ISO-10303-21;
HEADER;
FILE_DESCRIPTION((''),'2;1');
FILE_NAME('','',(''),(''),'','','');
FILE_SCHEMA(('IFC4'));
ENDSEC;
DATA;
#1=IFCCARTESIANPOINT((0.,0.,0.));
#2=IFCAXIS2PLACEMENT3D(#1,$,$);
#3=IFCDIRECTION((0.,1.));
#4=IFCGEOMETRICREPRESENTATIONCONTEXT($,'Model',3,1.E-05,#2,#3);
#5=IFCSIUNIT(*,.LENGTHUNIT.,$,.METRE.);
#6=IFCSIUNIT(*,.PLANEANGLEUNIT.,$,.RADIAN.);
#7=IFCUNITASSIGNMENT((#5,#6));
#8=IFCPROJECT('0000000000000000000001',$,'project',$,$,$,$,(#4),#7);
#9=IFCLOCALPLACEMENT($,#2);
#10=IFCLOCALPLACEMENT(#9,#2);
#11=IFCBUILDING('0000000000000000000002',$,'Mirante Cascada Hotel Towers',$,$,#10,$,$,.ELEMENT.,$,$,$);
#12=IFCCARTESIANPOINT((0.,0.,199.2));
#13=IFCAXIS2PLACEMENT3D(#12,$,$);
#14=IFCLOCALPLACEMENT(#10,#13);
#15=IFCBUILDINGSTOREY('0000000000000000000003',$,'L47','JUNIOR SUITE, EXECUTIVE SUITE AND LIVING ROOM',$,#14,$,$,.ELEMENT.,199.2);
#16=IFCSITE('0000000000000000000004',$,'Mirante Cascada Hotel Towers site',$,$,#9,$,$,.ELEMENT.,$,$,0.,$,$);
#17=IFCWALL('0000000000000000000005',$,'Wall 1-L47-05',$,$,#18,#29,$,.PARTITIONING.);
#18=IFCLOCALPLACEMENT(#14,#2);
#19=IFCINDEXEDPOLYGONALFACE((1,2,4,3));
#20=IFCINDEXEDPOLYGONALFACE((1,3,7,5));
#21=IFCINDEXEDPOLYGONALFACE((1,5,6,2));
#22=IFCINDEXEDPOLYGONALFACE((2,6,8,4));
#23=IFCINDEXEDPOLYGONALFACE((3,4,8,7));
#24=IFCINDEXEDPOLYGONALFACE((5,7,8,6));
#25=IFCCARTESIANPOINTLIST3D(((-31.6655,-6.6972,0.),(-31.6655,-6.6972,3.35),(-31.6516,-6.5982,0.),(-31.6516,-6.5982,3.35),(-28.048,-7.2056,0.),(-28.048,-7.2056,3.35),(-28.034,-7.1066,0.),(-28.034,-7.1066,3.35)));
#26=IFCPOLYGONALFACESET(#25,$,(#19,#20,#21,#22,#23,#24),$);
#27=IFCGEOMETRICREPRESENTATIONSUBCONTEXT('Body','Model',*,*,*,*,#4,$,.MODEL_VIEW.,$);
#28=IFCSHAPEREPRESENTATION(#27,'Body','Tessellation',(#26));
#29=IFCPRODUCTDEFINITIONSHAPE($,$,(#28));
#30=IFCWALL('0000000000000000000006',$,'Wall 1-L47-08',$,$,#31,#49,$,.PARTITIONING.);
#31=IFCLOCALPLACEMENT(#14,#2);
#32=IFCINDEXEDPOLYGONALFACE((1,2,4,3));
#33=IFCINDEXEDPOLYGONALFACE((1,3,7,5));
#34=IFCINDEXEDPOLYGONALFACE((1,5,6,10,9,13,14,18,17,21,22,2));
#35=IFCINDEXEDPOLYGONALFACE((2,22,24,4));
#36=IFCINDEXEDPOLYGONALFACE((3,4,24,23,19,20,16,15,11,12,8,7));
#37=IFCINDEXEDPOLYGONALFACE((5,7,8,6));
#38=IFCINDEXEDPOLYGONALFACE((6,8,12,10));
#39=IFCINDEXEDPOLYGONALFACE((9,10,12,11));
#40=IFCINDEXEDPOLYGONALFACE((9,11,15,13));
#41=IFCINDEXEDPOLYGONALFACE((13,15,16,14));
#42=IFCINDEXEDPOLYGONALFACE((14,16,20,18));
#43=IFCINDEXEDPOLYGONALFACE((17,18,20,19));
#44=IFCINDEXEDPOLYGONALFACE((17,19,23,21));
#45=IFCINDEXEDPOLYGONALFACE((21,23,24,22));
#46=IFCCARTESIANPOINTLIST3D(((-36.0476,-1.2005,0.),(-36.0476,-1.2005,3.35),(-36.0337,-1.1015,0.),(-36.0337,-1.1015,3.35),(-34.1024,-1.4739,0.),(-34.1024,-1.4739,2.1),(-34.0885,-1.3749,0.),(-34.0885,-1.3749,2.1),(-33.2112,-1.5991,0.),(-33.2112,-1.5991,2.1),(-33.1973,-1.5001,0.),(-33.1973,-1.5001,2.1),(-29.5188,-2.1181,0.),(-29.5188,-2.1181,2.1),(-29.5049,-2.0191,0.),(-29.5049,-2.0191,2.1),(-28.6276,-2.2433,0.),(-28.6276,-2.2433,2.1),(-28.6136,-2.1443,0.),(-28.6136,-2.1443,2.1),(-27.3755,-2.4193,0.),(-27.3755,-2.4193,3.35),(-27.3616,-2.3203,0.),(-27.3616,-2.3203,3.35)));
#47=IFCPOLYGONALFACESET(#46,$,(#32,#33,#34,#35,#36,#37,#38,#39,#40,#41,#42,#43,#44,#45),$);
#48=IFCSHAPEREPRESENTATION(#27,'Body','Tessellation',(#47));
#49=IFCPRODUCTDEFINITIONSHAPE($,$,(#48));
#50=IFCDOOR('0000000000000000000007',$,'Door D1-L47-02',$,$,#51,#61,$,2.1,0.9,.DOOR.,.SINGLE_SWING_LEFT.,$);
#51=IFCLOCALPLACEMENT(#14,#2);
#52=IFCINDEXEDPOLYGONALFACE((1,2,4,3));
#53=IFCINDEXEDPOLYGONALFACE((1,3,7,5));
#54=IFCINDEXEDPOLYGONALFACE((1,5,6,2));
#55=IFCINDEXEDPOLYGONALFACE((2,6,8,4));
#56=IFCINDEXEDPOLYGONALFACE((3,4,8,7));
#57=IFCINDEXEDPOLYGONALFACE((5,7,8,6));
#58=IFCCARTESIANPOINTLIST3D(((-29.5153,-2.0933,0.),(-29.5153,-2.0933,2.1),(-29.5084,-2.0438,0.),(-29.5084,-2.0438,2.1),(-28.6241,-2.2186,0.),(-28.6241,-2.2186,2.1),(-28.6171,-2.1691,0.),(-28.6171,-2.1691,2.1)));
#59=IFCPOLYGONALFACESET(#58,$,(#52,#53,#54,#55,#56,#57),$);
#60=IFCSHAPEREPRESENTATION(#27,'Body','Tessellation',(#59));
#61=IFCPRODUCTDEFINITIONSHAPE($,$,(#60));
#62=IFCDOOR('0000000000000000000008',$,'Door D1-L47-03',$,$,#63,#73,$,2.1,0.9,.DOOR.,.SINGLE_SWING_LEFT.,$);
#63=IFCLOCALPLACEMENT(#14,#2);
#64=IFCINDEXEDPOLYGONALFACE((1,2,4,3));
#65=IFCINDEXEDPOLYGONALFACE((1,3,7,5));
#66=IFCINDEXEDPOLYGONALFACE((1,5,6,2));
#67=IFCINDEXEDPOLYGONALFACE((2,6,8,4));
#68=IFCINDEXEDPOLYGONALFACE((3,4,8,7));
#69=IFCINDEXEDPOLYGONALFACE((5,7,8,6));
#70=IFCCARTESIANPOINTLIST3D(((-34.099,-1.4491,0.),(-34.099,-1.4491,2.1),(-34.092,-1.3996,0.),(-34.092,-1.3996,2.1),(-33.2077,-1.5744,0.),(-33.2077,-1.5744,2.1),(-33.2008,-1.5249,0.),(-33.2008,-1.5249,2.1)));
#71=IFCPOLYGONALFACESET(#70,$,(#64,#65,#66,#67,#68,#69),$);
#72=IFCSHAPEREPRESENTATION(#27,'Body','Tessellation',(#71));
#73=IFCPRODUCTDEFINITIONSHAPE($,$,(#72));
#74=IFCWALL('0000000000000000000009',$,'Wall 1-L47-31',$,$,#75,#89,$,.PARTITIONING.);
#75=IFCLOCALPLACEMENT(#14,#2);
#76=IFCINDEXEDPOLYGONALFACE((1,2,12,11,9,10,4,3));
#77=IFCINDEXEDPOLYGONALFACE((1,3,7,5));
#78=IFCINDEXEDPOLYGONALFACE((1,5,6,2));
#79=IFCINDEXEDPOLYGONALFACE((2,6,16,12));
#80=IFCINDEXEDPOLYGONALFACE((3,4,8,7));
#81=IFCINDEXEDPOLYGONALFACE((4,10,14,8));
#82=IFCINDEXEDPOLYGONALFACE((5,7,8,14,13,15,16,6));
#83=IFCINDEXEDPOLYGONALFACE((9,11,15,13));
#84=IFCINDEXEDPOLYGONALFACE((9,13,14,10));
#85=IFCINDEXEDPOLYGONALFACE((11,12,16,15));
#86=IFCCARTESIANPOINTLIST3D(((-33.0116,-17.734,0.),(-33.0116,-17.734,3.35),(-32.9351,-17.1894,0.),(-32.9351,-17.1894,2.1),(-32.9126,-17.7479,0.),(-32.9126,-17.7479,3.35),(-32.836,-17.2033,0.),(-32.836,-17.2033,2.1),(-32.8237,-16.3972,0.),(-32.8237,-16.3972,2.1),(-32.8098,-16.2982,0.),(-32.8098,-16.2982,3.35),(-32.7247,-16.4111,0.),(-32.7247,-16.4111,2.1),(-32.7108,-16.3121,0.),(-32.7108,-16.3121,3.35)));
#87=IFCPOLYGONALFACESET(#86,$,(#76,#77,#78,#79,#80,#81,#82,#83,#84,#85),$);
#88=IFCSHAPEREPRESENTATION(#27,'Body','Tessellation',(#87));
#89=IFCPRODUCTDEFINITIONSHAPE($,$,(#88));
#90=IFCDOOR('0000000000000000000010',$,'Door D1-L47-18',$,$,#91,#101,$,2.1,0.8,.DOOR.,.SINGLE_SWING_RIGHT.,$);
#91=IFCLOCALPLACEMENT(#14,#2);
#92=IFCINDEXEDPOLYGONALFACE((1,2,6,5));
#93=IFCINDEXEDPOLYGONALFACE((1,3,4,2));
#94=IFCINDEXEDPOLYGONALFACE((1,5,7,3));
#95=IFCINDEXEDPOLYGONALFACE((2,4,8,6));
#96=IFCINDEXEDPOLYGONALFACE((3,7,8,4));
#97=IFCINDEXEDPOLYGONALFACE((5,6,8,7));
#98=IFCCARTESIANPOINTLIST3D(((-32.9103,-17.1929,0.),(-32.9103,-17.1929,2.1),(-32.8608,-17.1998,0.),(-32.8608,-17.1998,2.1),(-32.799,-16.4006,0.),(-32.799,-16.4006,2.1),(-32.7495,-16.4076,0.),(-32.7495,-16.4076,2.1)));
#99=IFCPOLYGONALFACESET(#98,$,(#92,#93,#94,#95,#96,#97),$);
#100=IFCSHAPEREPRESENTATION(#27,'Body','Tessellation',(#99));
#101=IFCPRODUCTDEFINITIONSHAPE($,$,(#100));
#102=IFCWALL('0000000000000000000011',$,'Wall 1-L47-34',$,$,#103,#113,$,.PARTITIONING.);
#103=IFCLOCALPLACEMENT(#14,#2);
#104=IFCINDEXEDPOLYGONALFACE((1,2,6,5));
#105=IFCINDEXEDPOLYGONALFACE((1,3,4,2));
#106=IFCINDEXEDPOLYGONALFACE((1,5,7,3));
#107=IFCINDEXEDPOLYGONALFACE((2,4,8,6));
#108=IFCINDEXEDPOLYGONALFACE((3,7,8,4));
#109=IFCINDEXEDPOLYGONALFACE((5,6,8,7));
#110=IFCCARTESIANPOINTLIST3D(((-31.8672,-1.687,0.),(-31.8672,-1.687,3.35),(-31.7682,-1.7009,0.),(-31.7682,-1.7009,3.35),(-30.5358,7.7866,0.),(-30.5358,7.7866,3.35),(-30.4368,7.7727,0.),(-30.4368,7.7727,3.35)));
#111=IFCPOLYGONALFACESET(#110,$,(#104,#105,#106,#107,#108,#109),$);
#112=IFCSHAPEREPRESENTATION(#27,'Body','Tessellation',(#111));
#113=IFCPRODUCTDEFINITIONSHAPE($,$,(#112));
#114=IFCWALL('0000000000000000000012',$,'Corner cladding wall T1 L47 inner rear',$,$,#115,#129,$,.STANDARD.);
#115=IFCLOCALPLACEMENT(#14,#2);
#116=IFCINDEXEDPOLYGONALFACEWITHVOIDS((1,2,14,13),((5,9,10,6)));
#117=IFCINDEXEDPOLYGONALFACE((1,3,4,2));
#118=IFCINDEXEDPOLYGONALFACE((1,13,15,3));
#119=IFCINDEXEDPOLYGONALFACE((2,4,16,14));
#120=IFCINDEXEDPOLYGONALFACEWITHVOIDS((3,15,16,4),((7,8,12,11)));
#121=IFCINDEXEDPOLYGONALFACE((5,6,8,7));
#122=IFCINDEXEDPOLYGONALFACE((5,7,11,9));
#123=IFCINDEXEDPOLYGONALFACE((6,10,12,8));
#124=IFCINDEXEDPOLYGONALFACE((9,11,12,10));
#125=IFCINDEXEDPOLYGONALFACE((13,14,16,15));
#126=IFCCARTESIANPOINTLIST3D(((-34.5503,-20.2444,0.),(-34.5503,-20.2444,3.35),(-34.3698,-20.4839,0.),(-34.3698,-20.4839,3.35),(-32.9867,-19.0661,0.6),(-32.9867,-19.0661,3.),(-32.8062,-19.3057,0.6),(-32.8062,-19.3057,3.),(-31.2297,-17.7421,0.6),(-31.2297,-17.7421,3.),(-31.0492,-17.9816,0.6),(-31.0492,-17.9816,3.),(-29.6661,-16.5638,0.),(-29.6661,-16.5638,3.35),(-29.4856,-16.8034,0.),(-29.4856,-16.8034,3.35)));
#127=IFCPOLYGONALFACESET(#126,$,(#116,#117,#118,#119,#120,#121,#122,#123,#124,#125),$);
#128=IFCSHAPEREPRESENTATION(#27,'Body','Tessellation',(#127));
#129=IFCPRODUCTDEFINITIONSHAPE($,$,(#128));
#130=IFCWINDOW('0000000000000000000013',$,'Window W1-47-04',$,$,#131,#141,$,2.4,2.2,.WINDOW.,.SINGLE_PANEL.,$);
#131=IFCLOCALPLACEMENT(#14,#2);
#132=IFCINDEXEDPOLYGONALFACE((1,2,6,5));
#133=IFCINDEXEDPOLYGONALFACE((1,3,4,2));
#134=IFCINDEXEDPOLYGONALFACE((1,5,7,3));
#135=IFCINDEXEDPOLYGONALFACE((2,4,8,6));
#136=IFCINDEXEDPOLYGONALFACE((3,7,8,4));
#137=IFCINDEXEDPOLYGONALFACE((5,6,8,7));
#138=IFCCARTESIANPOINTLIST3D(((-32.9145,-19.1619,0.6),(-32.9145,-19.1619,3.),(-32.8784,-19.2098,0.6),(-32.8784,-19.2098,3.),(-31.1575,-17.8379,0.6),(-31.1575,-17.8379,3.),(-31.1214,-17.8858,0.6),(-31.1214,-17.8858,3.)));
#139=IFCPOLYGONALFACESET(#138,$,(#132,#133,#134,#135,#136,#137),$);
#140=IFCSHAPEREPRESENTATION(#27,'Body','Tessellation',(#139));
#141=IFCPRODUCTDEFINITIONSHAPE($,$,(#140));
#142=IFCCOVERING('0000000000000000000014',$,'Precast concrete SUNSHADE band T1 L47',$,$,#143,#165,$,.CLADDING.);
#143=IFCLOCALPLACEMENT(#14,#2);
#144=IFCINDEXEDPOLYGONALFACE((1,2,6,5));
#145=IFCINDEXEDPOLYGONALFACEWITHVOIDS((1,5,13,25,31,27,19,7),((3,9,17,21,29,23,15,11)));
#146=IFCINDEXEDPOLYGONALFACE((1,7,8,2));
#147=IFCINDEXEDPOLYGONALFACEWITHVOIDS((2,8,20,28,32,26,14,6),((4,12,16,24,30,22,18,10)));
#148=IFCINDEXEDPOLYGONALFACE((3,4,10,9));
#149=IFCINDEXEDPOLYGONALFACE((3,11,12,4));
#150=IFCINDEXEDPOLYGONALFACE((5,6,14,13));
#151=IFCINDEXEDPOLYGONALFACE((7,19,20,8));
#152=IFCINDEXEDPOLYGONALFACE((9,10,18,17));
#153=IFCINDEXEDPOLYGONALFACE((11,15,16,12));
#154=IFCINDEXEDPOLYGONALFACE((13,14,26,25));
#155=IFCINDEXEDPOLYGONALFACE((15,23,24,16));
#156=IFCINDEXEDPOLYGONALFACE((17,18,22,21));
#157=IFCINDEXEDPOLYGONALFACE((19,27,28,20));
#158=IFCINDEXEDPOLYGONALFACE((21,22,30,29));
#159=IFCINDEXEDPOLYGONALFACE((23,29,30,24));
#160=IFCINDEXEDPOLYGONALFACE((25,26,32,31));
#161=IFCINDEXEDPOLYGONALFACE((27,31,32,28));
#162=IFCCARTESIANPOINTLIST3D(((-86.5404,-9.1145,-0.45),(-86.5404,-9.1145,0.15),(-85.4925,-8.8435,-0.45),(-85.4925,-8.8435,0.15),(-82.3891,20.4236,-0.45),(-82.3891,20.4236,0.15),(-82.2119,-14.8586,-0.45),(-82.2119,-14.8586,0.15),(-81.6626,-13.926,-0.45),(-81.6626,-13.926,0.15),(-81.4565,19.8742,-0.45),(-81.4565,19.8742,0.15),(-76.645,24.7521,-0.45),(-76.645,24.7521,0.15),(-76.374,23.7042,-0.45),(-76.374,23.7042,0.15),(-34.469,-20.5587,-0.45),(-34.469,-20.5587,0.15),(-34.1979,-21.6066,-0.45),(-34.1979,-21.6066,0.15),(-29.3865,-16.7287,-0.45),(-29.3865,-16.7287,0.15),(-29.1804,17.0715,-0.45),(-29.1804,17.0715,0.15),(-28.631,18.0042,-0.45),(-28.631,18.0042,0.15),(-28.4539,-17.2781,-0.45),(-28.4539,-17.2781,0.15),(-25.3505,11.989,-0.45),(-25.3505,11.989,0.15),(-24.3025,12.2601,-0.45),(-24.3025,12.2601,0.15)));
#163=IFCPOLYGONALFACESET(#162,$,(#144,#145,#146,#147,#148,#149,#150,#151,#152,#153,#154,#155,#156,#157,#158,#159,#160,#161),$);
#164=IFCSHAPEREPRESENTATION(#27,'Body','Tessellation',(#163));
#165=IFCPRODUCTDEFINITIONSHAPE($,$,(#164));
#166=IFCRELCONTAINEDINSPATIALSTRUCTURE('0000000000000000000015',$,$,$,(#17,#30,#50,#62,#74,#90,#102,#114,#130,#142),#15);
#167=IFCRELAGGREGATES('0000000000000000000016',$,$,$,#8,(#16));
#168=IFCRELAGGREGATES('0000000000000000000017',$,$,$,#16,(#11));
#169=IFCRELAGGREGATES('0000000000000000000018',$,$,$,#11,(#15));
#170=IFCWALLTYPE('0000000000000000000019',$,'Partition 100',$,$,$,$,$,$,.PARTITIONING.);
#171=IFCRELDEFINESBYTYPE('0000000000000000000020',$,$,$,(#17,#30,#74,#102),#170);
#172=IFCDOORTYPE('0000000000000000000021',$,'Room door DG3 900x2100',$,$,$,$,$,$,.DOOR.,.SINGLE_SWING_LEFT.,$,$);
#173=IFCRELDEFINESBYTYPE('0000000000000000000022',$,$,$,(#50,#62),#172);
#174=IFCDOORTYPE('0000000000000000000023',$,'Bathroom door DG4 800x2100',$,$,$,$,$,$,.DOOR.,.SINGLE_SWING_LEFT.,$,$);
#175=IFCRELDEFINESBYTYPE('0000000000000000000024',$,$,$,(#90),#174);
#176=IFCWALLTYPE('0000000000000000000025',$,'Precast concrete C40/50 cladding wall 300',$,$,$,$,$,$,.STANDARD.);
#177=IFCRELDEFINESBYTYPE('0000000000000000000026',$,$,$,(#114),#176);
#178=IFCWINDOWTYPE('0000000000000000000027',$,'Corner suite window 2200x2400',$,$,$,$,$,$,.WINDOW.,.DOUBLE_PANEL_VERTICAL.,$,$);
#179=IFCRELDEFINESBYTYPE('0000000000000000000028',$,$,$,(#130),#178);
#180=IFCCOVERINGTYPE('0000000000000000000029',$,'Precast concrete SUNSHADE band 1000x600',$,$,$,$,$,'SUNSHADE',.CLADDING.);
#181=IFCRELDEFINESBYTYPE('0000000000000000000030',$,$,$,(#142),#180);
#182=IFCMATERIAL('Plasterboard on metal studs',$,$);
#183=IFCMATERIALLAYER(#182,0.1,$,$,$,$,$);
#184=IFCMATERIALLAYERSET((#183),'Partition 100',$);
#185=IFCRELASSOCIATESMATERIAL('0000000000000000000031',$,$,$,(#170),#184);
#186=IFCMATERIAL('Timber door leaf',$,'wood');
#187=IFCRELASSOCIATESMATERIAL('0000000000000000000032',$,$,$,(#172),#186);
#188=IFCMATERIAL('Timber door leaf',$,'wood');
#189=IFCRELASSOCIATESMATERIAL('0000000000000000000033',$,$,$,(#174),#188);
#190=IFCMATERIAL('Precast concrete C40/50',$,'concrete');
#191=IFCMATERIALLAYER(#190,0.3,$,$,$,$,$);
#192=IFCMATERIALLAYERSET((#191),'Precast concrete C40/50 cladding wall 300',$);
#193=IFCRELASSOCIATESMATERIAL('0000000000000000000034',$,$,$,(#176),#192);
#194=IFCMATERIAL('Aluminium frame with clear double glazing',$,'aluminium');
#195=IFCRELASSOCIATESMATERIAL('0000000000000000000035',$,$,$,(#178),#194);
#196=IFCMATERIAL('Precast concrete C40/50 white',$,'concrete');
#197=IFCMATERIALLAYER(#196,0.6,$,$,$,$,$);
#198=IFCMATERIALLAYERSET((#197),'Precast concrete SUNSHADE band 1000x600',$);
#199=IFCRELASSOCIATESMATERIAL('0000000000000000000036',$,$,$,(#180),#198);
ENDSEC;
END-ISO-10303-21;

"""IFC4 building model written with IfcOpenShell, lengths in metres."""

from ifc_helpers import new_model, si_unit, direction, frame, frame_2d, origin, place, context, subcontext, project, spatial, polyline, rectangle, outline, extrude, material, layer, layer_set, type_object, element, fill, save


model = new_model("IFC4")

# Units and contexts
model_context = context("Model", 3, precision=1e-05, world=origin(), true_north=direction((0.0, 1.0)))
body_context = subcontext(model_context, "Body", "Model", "MODEL_VIEW")
ifc_project = project(units=[si_unit("LENGTHUNIT", "METRE"), si_unit("PLANEANGLEUNIT", "RADIAN")], contexts=[model_context])

# Site, building, storey
site_placement = place(None, origin())
site = spatial("IfcSite", under=ifc_project, at=site_placement, Name="Mirante Cascada Hotel Towers site", CompositionType="ELEMENT", RefElevation=0.0)
building_placement = place(site_placement, origin())
building = spatial("IfcBuilding", under=site, at=building_placement, Name="Mirante Cascada Hotel Towers", CompositionType="ELEMENT")
storey_placement = place(building_placement, frame((0.0, 0.0, 199.2)))
storey = spatial("IfcBuildingStorey", under=building, at=storey_placement, Name="L47", Description="JUNIOR SUITE, EXECUTIVE SUITE AND LIVING ROOM", CompositionType="ELEMENT", Elevation=199.2)

# Wall
ifc_material_1 = material(Name="Plasterboard on metal studs")
ifc_layer_1 = layer(ifc_material_1, 0.1)
ifc_layer_set_1 = layer_set([ifc_layer_1], Name="Partition 100")
wall_type_1 = type_object("IfcWallType", Name="Partition 100", PredefinedType="PARTITIONING", material=ifc_layer_set_1)
wall_1_placement = place(storey_placement, frame((-31.6586, -6.6477, 0.0), z_axis=(0.0, 0.0, 1.0), x_axis=(0.990268, -0.139171, 0.0)))
element("IfcWall", 1, at=wall_1_placement, inside=storey, type_object=wall_type_1, Name="Wall 1-L47-05", PredefinedType="PARTITIONING", context=body_context, shape_type="SweptSolid", body=[
    extrude(rectangle(XDim=3.6531, YDim=0.1, at=frame_2d((1.8266, 0.0))), origin(), (0.0, 0.0, 1.0), 3.35),
])

# Wall, openings, doors
wall_2_placement = place(storey_placement, frame((-27.3685, -2.3698, 0.0), z_axis=(0.0, 0.0, 1.0), x_axis=(-0.990268, 0.139175, 0.0)))
wall_2 = element("IfcWall", 2, at=wall_2_placement, inside=storey, type_object=wall_type_1, Name="Wall 1-L47-08", PredefinedType="PARTITIONING", context=body_context, shape_type="SweptSolid", body=[
    extrude(rectangle(XDim=8.7573, YDim=0.1, at=frame_2d((4.3787, 0.0))), origin(), (0.0, 0.0, 1.0), 3.35),
])
opening_1_placement = place(wall_2_placement, frame((1.2644, 0.0, 0.0)))
opening_1 = element("IfcOpeningElement", 3, at=opening_1_placement, cuts=wall_2, PredefinedType="OPENING", context=body_context, shape_type="SweptSolid", body=[
    extrude(rectangle(XDim=0.9, YDim=2.1, at=frame_2d((0.45, 1.05))), frame((0.0, 0.05, 0.0), z_axis=(0.0, -1.0, 0.0), x_axis=(1.0, 0.0, 0.0)), (0.0, 0.0, 1.0), 0.1),
])
opening_2_placement = place(wall_2_placement, frame((5.8931, 0.0, 0.0)))
opening_2 = element("IfcOpeningElement", 4, at=opening_2_placement, cuts=wall_2, PredefinedType="OPENING", context=body_context, shape_type="SweptSolid", body=[
    extrude(rectangle(XDim=0.9, YDim=2.1, at=frame_2d((0.45, 1.05))), frame((0.0, 0.05, 0.0), z_axis=(0.0, -1.0, 0.0), x_axis=(1.0, 0.0, 0.0)), (0.0, 0.0, 1.0), 0.1),
])
ifc_material_2 = material(Name="Timber door leaf", Category="wood")
door_type_1 = type_object("IfcDoorType", Name="Room door DG3 900x2100", OperationType="SINGLE_SWING_LEFT", PredefinedType="DOOR", material=ifc_material_2)
door_1_placement = place(opening_1_placement, origin())
door_1 = element("IfcDoor", 5, at=door_1_placement, inside=storey, type_object=door_type_1, Name="Door D1-L47-02", OperationType="SINGLE_SWING_LEFT", OverallHeight=2.1, OverallWidth=0.9, PredefinedType="DOOR", context=body_context, shape_type="SweptSolid", body=[
    extrude(rectangle(XDim=0.9, YDim=2.1, at=frame_2d((0.45, 1.05))), frame((0.0, 0.025, 0.0), z_axis=(0.0, -1.0, 0.0), x_axis=(1.0, 0.0, 0.0)), (0.0, 0.0, 1.0), 0.05),
])
fill(opening_1, door_1)
door_2_placement = place(opening_2_placement, origin())
door_2 = element("IfcDoor", 6, at=door_2_placement, inside=storey, type_object=door_type_1, Name="Door D1-L47-03", OperationType="SINGLE_SWING_LEFT", OverallHeight=2.1, OverallWidth=0.9, PredefinedType="DOOR", context=body_context, shape_type="SweptSolid", body=[
    extrude(rectangle(XDim=0.9, YDim=2.1, at=frame_2d((0.45, 1.05))), frame((0.0, 0.025, 0.0), z_axis=(0.0, -1.0, 0.0), x_axis=(1.0, 0.0, 0.0)), (0.0, 0.0, 1.0), 0.05),
])
fill(opening_2, door_2)

# Wall, opening, door
wall_3_placement = place(storey_placement, frame((-32.7603, -16.3051, 0.0), z_axis=(0.0, 0.0, 1.0), x_axis=(-0.139181, -0.990267, 0.0)))
wall_3 = element("IfcWall", 7, at=wall_3_placement, inside=storey, type_object=wall_type_1, Name="Wall 1-L47-31", PredefinedType="PARTITIONING", context=body_context, shape_type="SweptSolid", body=[
    extrude(rectangle(XDim=1.4499, YDim=0.1, at=frame_2d((0.725, 0.0))), origin(), (0.0, 0.0, 1.0), 3.35),
])
opening_3_placement = place(wall_3_placement, frame((0.1, 0.0, 0.0)))
opening_3 = element("IfcOpeningElement", 8, at=opening_3_placement, cuts=wall_3, PredefinedType="OPENING", context=body_context, shape_type="SweptSolid", body=[
    extrude(rectangle(XDim=0.8, YDim=2.1, at=frame_2d((0.4, 1.05))), frame((0.0, 0.05, 0.0), z_axis=(0.0, -1.0, 0.0), x_axis=(1.0, 0.0, 0.0)), (0.0, 0.0, 1.0), 0.1),
])
ifc_material_3 = material(Name="Timber door leaf", Category="wood")
door_type_2 = type_object("IfcDoorType", Name="Bathroom door DG4 800x2100", OperationType="SINGLE_SWING_LEFT", PredefinedType="DOOR", material=ifc_material_3)
door_3_placement = place(opening_3_placement, frame((0.8, 0.0, 0.0), z_axis=(0.0, 0.0, 1.0), x_axis=(-1.0, 0.0, 0.0)))
door_3 = element("IfcDoor", 9, at=door_3_placement, inside=storey, type_object=door_type_2, Name="Door D1-L47-18", OperationType="SINGLE_SWING_RIGHT", OverallHeight=2.1, OverallWidth=0.8, PredefinedType="DOOR", context=body_context, shape_type="SweptSolid", body=[
    extrude(rectangle(XDim=0.8, YDim=2.1, at=frame_2d((0.4, 1.05))), frame((0.0, 0.025, 0.0), z_axis=(0.0, -1.0, 0.0), x_axis=(1.0, 0.0, 0.0)), (0.0, 0.0, 1.0), 0.05),
])
fill(opening_3, door_3)

# Wall
wall_4_placement = place(storey_placement, frame((-31.8177, -1.694, 0.0), z_axis=(0.0, 0.0, 1.0), x_axis=(0.13917, 0.990268, 0.0)))
element("IfcWall", 10, at=wall_4_placement, inside=storey, type_object=wall_type_1, Name="Wall 1-L47-34", PredefinedType="PARTITIONING", context=body_context, shape_type="SweptSolid", body=[
    extrude(rectangle(XDim=9.5667, YDim=0.1, at=frame_2d((4.7834, 0.0))), origin(), (0.0, 0.0, 1.0), 3.35),
])

# Wall, opening, window
ifc_material_4 = material(Name="Precast concrete C40/50", Category="concrete")
ifc_layer_2 = layer(ifc_material_4, 0.3)
ifc_layer_set_2 = layer_set([ifc_layer_2], Name="Precast concrete C40/50 cladding wall 300")
wall_type_2 = type_object("IfcWallType", Name="Precast concrete C40/50 cladding wall 300", PredefinedType="STANDARD", material=ifc_layer_set_2)
wall_5_placement = place(storey_placement, frame((-29.5759, -16.6836, 0.0), z_axis=(0.0, 0.0, 1.0), x_axis=(-0.798628, -0.601824, 0.0)))
wall_5 = element("IfcWall", 11, at=wall_5_placement, inside=storey, type_object=wall_type_2, Name="Corner cladding wall T1 L47 inner rear", PredefinedType="STANDARD", context=body_context, shape_type="SweptSolid", body=[
    extrude(rectangle(XDim=6.1157, YDim=0.3, at=frame_2d((3.0578, 0.0))), origin(), (0.0, 0.0, 1.0), 3.35),
])
opening_4_placement = place(wall_5_placement, frame((1.9578, 0.0, 0.6)))
opening_4 = element("IfcOpeningElement", 12, at=opening_4_placement, cuts=wall_5, PredefinedType="OPENING", context=body_context, shape_type="SweptSolid", body=[
    extrude(rectangle(XDim=2.2, YDim=2.4, at=frame_2d((1.1, 1.2))), frame((0.0, 0.15, 0.0), z_axis=(0.0, -1.0, 0.0), x_axis=(1.0, 0.0, 0.0)), (0.0, 0.0, 1.0), 0.3),
])
ifc_material_5 = material(Name="Aluminium frame with clear double glazing", Category="aluminium")
window_type = type_object("IfcWindowType", Name="Corner suite window 2200x2400", PartitioningType="DOUBLE_PANEL_VERTICAL", PredefinedType="WINDOW", material=ifc_material_5)
window_placement = place(opening_4_placement, origin())
window = element("IfcWindow", 13, at=window_placement, inside=storey, type_object=window_type, Name="Window W1-47-04", OverallHeight=2.4, OverallWidth=2.2, PartitioningType="SINGLE_PANEL", PredefinedType="WINDOW", context=body_context, shape_type="SweptSolid", body=[
    extrude(rectangle(XDim=2.2, YDim=2.4, at=frame_2d((1.1, 1.2))), frame((0.0, 0.03, 0.0), z_axis=(0.0, -1.0, 0.0), x_axis=(1.0, 0.0, 0.0)), (0.0, 0.0, 1.0), 0.06),
])
fill(opening_4, window)

# Covering
ifc_material_6 = material(Name="Precast concrete C40/50 white", Category="concrete")
ifc_layer_3 = layer(ifc_material_6, 0.6)
ifc_layer_set_3 = layer_set([ifc_layer_3], Name="Precast concrete SUNSHADE band 1000x600")
covering_type = type_object("IfcCoveringType", Name="Precast concrete SUNSHADE band 1000x600", ElementType="SUNSHADE", PredefinedType="CLADDING", material=ifc_layer_set_3)
covering_placement = place(storey_placement, frame((0.0, 0.0, -0.45)))
element("IfcCovering", 14, at=covering_placement, inside=storey, type_object=covering_type, Name="Precast concrete SUNSHADE band T1 L47", PredefinedType="CLADDING", context=body_context, shape_type="SweptSolid", body=[
    extrude(outline(polyline([(-86.5404, -9.1145), (-82.3891, 20.4236), (-76.645, 24.7521), (-28.631, 18.0042), (-24.3025, 12.2601), (-28.4539, -17.2781), (-34.1979, -21.6066), (-82.2119, -14.8586), (-86.5404, -9.1145)]), holes=[polyline([(-25.3505, 11.989), (-29.1804, 17.0715), (-76.374, 23.7042), (-81.4565, 19.8742), (-85.4925, -8.8435), (-81.6626, -13.926), (-34.469, -20.5587), (-29.3865, -16.7287), (-25.3505, 11.989)])]), origin(), (0.0, 0.0, 1.0), 0.6),
])

save(model, "model.ifc")
